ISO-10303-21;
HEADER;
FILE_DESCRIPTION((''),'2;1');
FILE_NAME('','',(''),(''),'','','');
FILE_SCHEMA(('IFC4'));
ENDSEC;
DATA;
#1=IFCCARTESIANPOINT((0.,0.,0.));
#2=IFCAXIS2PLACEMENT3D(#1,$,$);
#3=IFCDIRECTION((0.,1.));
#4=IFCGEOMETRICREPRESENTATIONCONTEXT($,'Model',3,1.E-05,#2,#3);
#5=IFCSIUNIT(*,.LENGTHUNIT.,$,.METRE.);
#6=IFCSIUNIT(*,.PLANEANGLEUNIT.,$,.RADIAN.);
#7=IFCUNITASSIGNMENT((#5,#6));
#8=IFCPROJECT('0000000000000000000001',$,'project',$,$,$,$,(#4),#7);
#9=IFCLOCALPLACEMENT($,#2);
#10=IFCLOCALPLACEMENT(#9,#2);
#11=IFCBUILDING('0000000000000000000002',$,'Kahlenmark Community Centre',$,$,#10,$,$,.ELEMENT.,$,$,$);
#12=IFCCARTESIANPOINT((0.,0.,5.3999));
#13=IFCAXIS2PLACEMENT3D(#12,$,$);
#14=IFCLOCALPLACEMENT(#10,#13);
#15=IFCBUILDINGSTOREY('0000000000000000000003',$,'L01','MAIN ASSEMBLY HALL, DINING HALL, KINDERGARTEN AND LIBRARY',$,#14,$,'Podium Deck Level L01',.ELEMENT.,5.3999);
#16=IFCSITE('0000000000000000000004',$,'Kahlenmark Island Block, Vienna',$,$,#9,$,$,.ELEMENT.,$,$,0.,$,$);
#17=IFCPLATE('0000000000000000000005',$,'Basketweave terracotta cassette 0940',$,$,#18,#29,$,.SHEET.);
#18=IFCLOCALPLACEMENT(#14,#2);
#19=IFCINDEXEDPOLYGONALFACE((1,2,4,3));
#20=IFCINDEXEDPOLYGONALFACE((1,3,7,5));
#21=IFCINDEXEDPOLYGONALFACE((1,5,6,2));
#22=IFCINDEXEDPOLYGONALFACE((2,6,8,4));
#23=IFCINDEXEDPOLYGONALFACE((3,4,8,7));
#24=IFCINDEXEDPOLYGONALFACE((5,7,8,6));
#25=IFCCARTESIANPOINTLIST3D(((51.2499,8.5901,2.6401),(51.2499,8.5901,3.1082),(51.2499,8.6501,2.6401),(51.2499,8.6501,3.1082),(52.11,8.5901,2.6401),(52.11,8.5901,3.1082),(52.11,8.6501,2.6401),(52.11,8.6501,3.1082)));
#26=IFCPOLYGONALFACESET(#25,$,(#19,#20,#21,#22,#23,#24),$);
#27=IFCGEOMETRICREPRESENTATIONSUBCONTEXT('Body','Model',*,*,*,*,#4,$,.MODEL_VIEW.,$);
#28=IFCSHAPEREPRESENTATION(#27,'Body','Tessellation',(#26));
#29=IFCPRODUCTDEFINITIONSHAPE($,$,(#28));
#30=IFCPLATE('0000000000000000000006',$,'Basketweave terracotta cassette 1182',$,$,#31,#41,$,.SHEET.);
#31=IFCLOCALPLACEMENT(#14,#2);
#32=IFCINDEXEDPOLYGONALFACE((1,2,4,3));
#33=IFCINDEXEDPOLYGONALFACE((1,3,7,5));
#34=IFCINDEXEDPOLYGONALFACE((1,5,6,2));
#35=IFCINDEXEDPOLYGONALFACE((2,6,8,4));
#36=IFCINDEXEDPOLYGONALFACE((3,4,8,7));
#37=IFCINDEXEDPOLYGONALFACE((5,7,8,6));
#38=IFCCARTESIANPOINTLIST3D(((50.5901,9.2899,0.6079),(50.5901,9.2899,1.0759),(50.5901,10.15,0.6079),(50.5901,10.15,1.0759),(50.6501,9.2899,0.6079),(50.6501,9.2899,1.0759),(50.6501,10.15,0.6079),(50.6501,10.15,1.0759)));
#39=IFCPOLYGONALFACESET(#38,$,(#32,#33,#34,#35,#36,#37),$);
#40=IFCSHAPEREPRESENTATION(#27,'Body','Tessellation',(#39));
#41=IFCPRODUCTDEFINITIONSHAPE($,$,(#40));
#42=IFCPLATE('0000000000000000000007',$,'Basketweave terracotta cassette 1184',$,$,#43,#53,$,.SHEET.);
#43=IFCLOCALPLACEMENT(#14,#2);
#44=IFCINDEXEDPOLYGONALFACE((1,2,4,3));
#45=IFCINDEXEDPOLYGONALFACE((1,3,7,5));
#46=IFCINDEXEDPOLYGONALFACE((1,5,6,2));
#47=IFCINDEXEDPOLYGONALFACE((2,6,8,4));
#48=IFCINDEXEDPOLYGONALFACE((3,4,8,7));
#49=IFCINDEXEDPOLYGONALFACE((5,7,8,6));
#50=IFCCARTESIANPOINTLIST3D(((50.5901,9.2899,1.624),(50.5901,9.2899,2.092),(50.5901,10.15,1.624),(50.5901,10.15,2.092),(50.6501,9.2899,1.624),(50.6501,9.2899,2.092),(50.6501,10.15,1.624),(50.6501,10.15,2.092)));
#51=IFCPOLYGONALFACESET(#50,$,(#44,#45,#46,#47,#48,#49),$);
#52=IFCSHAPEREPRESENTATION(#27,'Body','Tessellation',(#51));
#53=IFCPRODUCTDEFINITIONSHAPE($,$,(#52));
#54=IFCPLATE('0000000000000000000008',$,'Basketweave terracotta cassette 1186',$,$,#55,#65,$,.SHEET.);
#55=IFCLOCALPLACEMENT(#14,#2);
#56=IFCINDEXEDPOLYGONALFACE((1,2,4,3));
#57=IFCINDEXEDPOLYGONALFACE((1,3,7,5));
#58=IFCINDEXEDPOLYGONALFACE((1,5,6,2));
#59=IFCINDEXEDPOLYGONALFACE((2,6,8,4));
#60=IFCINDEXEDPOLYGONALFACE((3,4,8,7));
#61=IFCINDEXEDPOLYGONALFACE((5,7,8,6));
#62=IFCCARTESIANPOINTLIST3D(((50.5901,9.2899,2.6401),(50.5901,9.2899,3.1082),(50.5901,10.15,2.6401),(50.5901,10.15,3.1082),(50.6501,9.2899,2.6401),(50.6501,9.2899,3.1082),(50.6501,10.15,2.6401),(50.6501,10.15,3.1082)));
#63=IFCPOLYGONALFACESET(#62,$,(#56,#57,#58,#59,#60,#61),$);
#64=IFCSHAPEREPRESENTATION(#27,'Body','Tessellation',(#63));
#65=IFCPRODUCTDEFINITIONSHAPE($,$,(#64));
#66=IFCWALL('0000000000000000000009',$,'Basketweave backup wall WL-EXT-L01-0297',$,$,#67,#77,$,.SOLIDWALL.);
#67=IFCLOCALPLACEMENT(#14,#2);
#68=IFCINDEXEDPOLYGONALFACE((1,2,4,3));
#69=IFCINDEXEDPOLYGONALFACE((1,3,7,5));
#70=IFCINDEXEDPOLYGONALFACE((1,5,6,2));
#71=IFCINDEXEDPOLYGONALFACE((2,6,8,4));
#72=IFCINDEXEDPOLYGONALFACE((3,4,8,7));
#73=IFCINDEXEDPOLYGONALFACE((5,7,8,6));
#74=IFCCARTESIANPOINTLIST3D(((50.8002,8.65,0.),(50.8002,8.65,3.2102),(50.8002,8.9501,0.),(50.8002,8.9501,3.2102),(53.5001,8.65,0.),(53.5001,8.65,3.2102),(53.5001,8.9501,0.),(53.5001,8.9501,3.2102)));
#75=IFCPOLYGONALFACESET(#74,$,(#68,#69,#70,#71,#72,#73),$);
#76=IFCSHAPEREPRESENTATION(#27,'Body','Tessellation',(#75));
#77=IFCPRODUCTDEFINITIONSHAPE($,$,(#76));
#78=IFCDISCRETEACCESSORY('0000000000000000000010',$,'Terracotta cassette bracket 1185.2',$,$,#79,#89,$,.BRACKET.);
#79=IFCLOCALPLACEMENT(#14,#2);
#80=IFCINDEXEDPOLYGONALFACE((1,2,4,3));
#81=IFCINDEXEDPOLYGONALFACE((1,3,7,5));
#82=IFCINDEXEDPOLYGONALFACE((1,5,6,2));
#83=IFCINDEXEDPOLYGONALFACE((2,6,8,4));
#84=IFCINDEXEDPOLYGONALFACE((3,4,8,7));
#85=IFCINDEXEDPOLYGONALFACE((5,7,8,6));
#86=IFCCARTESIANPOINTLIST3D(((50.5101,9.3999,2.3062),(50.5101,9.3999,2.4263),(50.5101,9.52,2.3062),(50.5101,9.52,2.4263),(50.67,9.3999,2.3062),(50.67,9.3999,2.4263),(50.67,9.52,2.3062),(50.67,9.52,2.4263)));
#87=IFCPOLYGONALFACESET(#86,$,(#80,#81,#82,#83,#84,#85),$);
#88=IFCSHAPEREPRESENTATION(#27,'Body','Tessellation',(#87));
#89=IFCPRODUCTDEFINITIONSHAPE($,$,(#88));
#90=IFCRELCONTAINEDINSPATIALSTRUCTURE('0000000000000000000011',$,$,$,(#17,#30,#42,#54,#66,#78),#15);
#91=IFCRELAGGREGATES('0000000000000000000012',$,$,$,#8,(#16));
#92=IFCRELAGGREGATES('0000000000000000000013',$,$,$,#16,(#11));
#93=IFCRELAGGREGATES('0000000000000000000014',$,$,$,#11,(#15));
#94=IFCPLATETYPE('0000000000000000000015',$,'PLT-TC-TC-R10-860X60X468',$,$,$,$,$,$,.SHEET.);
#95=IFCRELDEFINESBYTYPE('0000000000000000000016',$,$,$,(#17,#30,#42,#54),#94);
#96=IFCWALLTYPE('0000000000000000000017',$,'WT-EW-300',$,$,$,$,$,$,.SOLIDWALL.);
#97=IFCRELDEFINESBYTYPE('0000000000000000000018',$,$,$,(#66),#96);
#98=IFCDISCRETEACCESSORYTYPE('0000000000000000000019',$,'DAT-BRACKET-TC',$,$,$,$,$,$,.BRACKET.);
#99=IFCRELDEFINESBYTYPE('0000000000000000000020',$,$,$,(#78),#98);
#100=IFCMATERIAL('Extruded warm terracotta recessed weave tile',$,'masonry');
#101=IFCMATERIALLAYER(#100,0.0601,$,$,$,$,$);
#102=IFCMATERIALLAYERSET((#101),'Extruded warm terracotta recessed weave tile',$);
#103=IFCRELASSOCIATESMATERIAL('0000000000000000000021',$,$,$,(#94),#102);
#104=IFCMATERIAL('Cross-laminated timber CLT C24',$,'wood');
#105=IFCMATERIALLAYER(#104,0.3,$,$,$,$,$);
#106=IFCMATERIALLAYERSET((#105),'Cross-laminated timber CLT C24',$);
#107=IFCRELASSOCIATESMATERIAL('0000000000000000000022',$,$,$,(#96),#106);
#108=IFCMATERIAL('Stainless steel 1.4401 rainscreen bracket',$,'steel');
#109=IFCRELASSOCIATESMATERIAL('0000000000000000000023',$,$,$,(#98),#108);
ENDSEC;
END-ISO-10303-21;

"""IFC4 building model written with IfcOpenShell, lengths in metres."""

from ifc_helpers import new_model, si_unit, direction, frame, frame_2d, origin, origin_2d, place, context, subcontext, project, spatial, rectangle, extrude, material, layer, layer_set, type_object, element, save


model = new_model("IFC4")

# Units and contexts
model_context = context("Model", 3, precision=1e-05, world=origin(), true_north=direction((0.0, 1.0)))
body_context = subcontext(model_context, "Body", "Model", "MODEL_VIEW")
ifc_project = project(units=[si_unit("LENGTHUNIT", "METRE"), si_unit("PLANEANGLEUNIT", "RADIAN")], contexts=[model_context])

# Site, building, storey
site_placement = place(None, origin())
site = spatial("IfcSite", under=ifc_project, at=site_placement, Name="Kahlenmark Island Block, Vienna", CompositionType="ELEMENT", RefElevation=0.0)
building_placement = place(site_placement, origin())
building = spatial("IfcBuilding", under=site, at=building_placement, Name="Kahlenmark Community Centre", CompositionType="ELEMENT")
storey_placement = place(building_placement, frame((0.0, 0.0, 5.3999)))
storey = spatial("IfcBuildingStorey", under=building, at=storey_placement, Name="L01", Description="MAIN ASSEMBLY HALL, DINING HALL, KINDERGARTEN AND LIBRARY", LongName="Podium Deck Level L01", CompositionType="ELEMENT", Elevation=5.3999)

# Plates
ifc_material_1 = material(Name="Extruded warm terracotta recessed weave tile", Category="masonry")
ifc_layer_1 = layer(ifc_material_1, 0.0601)
ifc_layer_set_1 = layer_set([ifc_layer_1], Name="Extruded warm terracotta recessed weave tile")
plate_type_1 = type_object("IfcPlateType", Name="PLT-TC-TC-R10-860X60X468", PredefinedType="SHEET", material=ifc_layer_set_1)
for number, where, z_axis, x_axis, name in (
    (1, (51.6799, 8.6201, 2.6401), (0.0, 0.0, 1.0), (1.0, 0.0, 0.0), "Basketweave terracotta cassette 0940"),
    (2, (50.6201, 9.72, 0.6079), (0.0, 0.0, 1.0), (0.0, -1.0, 0.0), "Basketweave terracotta cassette 1182"),
    (3, (50.6201, 9.72, 1.624), (0.0, 0.0, 1.0), (0.0, -1.0, 0.0), "Basketweave terracotta cassette 1184"),
    (4, (50.6201, 9.72, 2.6401), (0.0, 0.0, 1.0), (0.0, -1.0, 0.0), "Basketweave terracotta cassette 1186"),
):
    element("IfcPlate", number, at=place(storey_placement, frame(where, z_axis=z_axis, x_axis=x_axis)), inside=storey, type_object=plate_type_1, Name=name, PredefinedType="SHEET", context=body_context, shape_type="SweptSolid", body=[
        extrude(rectangle(XDim=0.8601, YDim=0.0601, at=origin_2d()), origin(), (0.0, 0.0, 1.0), 0.468),
    ])

# Wall
ifc_material_2 = material(Name="Cross-laminated timber CLT C24", Category="wood")
ifc_layer_2 = layer(ifc_material_2, 0.3)
ifc_layer_set_2 = layer_set([ifc_layer_2], Name="Cross-laminated timber CLT C24")
wall_type_1 = type_object("IfcWallType", Name="WT-EW-300", PredefinedType="SOLIDWALL", material=ifc_layer_set_2)
wall_1_placement = place(storey_placement, frame((50.8, 8.8, 0.0), z_axis=(0.0, 0.0, 1.0), x_axis=(1.0, 0.0, 0.0)))
element("IfcWall", 5, at=wall_1_placement, inside=storey, type_object=wall_type_1, Name="Basketweave backup wall WL-EXT-L01-0297", PredefinedType="SOLIDWALL", context=body_context, shape_type="SweptSolid", body=[
    extrude(rectangle(XDim=2.7, YDim=0.3, at=frame_2d((1.3501, 0.0))), origin(), (0.0, 0.0, 1.0), 3.2102),
])

# Discrete accessory
ifc_material_3 = material(Name="Stainless steel 1.4401 rainscreen bracket", Category="steel")
discrete_accessory_type = type_object("IfcDiscreteAccessoryType", Name="DAT-BRACKET-TC", PredefinedType="BRACKET", material=ifc_material_3)
discrete_accessory_placement = place(storey_placement, frame((50.5901, 9.46, 2.3062), z_axis=(0.0, 0.0, 1.0), x_axis=(0.0, -1.0, 0.0)))
element("IfcDiscreteAccessory", 6, at=discrete_accessory_placement, inside=storey, type_object=discrete_accessory_type, Name="Terracotta cassette bracket 1185.2", PredefinedType="BRACKET", context=body_context, shape_type="SweptSolid", body=[
    extrude(rectangle(XDim=0.1201, YDim=0.1599, at=origin_2d()), origin(), (0.0, 0.0, 1.0), 0.1201),
])

save(model, "model.ifc")
